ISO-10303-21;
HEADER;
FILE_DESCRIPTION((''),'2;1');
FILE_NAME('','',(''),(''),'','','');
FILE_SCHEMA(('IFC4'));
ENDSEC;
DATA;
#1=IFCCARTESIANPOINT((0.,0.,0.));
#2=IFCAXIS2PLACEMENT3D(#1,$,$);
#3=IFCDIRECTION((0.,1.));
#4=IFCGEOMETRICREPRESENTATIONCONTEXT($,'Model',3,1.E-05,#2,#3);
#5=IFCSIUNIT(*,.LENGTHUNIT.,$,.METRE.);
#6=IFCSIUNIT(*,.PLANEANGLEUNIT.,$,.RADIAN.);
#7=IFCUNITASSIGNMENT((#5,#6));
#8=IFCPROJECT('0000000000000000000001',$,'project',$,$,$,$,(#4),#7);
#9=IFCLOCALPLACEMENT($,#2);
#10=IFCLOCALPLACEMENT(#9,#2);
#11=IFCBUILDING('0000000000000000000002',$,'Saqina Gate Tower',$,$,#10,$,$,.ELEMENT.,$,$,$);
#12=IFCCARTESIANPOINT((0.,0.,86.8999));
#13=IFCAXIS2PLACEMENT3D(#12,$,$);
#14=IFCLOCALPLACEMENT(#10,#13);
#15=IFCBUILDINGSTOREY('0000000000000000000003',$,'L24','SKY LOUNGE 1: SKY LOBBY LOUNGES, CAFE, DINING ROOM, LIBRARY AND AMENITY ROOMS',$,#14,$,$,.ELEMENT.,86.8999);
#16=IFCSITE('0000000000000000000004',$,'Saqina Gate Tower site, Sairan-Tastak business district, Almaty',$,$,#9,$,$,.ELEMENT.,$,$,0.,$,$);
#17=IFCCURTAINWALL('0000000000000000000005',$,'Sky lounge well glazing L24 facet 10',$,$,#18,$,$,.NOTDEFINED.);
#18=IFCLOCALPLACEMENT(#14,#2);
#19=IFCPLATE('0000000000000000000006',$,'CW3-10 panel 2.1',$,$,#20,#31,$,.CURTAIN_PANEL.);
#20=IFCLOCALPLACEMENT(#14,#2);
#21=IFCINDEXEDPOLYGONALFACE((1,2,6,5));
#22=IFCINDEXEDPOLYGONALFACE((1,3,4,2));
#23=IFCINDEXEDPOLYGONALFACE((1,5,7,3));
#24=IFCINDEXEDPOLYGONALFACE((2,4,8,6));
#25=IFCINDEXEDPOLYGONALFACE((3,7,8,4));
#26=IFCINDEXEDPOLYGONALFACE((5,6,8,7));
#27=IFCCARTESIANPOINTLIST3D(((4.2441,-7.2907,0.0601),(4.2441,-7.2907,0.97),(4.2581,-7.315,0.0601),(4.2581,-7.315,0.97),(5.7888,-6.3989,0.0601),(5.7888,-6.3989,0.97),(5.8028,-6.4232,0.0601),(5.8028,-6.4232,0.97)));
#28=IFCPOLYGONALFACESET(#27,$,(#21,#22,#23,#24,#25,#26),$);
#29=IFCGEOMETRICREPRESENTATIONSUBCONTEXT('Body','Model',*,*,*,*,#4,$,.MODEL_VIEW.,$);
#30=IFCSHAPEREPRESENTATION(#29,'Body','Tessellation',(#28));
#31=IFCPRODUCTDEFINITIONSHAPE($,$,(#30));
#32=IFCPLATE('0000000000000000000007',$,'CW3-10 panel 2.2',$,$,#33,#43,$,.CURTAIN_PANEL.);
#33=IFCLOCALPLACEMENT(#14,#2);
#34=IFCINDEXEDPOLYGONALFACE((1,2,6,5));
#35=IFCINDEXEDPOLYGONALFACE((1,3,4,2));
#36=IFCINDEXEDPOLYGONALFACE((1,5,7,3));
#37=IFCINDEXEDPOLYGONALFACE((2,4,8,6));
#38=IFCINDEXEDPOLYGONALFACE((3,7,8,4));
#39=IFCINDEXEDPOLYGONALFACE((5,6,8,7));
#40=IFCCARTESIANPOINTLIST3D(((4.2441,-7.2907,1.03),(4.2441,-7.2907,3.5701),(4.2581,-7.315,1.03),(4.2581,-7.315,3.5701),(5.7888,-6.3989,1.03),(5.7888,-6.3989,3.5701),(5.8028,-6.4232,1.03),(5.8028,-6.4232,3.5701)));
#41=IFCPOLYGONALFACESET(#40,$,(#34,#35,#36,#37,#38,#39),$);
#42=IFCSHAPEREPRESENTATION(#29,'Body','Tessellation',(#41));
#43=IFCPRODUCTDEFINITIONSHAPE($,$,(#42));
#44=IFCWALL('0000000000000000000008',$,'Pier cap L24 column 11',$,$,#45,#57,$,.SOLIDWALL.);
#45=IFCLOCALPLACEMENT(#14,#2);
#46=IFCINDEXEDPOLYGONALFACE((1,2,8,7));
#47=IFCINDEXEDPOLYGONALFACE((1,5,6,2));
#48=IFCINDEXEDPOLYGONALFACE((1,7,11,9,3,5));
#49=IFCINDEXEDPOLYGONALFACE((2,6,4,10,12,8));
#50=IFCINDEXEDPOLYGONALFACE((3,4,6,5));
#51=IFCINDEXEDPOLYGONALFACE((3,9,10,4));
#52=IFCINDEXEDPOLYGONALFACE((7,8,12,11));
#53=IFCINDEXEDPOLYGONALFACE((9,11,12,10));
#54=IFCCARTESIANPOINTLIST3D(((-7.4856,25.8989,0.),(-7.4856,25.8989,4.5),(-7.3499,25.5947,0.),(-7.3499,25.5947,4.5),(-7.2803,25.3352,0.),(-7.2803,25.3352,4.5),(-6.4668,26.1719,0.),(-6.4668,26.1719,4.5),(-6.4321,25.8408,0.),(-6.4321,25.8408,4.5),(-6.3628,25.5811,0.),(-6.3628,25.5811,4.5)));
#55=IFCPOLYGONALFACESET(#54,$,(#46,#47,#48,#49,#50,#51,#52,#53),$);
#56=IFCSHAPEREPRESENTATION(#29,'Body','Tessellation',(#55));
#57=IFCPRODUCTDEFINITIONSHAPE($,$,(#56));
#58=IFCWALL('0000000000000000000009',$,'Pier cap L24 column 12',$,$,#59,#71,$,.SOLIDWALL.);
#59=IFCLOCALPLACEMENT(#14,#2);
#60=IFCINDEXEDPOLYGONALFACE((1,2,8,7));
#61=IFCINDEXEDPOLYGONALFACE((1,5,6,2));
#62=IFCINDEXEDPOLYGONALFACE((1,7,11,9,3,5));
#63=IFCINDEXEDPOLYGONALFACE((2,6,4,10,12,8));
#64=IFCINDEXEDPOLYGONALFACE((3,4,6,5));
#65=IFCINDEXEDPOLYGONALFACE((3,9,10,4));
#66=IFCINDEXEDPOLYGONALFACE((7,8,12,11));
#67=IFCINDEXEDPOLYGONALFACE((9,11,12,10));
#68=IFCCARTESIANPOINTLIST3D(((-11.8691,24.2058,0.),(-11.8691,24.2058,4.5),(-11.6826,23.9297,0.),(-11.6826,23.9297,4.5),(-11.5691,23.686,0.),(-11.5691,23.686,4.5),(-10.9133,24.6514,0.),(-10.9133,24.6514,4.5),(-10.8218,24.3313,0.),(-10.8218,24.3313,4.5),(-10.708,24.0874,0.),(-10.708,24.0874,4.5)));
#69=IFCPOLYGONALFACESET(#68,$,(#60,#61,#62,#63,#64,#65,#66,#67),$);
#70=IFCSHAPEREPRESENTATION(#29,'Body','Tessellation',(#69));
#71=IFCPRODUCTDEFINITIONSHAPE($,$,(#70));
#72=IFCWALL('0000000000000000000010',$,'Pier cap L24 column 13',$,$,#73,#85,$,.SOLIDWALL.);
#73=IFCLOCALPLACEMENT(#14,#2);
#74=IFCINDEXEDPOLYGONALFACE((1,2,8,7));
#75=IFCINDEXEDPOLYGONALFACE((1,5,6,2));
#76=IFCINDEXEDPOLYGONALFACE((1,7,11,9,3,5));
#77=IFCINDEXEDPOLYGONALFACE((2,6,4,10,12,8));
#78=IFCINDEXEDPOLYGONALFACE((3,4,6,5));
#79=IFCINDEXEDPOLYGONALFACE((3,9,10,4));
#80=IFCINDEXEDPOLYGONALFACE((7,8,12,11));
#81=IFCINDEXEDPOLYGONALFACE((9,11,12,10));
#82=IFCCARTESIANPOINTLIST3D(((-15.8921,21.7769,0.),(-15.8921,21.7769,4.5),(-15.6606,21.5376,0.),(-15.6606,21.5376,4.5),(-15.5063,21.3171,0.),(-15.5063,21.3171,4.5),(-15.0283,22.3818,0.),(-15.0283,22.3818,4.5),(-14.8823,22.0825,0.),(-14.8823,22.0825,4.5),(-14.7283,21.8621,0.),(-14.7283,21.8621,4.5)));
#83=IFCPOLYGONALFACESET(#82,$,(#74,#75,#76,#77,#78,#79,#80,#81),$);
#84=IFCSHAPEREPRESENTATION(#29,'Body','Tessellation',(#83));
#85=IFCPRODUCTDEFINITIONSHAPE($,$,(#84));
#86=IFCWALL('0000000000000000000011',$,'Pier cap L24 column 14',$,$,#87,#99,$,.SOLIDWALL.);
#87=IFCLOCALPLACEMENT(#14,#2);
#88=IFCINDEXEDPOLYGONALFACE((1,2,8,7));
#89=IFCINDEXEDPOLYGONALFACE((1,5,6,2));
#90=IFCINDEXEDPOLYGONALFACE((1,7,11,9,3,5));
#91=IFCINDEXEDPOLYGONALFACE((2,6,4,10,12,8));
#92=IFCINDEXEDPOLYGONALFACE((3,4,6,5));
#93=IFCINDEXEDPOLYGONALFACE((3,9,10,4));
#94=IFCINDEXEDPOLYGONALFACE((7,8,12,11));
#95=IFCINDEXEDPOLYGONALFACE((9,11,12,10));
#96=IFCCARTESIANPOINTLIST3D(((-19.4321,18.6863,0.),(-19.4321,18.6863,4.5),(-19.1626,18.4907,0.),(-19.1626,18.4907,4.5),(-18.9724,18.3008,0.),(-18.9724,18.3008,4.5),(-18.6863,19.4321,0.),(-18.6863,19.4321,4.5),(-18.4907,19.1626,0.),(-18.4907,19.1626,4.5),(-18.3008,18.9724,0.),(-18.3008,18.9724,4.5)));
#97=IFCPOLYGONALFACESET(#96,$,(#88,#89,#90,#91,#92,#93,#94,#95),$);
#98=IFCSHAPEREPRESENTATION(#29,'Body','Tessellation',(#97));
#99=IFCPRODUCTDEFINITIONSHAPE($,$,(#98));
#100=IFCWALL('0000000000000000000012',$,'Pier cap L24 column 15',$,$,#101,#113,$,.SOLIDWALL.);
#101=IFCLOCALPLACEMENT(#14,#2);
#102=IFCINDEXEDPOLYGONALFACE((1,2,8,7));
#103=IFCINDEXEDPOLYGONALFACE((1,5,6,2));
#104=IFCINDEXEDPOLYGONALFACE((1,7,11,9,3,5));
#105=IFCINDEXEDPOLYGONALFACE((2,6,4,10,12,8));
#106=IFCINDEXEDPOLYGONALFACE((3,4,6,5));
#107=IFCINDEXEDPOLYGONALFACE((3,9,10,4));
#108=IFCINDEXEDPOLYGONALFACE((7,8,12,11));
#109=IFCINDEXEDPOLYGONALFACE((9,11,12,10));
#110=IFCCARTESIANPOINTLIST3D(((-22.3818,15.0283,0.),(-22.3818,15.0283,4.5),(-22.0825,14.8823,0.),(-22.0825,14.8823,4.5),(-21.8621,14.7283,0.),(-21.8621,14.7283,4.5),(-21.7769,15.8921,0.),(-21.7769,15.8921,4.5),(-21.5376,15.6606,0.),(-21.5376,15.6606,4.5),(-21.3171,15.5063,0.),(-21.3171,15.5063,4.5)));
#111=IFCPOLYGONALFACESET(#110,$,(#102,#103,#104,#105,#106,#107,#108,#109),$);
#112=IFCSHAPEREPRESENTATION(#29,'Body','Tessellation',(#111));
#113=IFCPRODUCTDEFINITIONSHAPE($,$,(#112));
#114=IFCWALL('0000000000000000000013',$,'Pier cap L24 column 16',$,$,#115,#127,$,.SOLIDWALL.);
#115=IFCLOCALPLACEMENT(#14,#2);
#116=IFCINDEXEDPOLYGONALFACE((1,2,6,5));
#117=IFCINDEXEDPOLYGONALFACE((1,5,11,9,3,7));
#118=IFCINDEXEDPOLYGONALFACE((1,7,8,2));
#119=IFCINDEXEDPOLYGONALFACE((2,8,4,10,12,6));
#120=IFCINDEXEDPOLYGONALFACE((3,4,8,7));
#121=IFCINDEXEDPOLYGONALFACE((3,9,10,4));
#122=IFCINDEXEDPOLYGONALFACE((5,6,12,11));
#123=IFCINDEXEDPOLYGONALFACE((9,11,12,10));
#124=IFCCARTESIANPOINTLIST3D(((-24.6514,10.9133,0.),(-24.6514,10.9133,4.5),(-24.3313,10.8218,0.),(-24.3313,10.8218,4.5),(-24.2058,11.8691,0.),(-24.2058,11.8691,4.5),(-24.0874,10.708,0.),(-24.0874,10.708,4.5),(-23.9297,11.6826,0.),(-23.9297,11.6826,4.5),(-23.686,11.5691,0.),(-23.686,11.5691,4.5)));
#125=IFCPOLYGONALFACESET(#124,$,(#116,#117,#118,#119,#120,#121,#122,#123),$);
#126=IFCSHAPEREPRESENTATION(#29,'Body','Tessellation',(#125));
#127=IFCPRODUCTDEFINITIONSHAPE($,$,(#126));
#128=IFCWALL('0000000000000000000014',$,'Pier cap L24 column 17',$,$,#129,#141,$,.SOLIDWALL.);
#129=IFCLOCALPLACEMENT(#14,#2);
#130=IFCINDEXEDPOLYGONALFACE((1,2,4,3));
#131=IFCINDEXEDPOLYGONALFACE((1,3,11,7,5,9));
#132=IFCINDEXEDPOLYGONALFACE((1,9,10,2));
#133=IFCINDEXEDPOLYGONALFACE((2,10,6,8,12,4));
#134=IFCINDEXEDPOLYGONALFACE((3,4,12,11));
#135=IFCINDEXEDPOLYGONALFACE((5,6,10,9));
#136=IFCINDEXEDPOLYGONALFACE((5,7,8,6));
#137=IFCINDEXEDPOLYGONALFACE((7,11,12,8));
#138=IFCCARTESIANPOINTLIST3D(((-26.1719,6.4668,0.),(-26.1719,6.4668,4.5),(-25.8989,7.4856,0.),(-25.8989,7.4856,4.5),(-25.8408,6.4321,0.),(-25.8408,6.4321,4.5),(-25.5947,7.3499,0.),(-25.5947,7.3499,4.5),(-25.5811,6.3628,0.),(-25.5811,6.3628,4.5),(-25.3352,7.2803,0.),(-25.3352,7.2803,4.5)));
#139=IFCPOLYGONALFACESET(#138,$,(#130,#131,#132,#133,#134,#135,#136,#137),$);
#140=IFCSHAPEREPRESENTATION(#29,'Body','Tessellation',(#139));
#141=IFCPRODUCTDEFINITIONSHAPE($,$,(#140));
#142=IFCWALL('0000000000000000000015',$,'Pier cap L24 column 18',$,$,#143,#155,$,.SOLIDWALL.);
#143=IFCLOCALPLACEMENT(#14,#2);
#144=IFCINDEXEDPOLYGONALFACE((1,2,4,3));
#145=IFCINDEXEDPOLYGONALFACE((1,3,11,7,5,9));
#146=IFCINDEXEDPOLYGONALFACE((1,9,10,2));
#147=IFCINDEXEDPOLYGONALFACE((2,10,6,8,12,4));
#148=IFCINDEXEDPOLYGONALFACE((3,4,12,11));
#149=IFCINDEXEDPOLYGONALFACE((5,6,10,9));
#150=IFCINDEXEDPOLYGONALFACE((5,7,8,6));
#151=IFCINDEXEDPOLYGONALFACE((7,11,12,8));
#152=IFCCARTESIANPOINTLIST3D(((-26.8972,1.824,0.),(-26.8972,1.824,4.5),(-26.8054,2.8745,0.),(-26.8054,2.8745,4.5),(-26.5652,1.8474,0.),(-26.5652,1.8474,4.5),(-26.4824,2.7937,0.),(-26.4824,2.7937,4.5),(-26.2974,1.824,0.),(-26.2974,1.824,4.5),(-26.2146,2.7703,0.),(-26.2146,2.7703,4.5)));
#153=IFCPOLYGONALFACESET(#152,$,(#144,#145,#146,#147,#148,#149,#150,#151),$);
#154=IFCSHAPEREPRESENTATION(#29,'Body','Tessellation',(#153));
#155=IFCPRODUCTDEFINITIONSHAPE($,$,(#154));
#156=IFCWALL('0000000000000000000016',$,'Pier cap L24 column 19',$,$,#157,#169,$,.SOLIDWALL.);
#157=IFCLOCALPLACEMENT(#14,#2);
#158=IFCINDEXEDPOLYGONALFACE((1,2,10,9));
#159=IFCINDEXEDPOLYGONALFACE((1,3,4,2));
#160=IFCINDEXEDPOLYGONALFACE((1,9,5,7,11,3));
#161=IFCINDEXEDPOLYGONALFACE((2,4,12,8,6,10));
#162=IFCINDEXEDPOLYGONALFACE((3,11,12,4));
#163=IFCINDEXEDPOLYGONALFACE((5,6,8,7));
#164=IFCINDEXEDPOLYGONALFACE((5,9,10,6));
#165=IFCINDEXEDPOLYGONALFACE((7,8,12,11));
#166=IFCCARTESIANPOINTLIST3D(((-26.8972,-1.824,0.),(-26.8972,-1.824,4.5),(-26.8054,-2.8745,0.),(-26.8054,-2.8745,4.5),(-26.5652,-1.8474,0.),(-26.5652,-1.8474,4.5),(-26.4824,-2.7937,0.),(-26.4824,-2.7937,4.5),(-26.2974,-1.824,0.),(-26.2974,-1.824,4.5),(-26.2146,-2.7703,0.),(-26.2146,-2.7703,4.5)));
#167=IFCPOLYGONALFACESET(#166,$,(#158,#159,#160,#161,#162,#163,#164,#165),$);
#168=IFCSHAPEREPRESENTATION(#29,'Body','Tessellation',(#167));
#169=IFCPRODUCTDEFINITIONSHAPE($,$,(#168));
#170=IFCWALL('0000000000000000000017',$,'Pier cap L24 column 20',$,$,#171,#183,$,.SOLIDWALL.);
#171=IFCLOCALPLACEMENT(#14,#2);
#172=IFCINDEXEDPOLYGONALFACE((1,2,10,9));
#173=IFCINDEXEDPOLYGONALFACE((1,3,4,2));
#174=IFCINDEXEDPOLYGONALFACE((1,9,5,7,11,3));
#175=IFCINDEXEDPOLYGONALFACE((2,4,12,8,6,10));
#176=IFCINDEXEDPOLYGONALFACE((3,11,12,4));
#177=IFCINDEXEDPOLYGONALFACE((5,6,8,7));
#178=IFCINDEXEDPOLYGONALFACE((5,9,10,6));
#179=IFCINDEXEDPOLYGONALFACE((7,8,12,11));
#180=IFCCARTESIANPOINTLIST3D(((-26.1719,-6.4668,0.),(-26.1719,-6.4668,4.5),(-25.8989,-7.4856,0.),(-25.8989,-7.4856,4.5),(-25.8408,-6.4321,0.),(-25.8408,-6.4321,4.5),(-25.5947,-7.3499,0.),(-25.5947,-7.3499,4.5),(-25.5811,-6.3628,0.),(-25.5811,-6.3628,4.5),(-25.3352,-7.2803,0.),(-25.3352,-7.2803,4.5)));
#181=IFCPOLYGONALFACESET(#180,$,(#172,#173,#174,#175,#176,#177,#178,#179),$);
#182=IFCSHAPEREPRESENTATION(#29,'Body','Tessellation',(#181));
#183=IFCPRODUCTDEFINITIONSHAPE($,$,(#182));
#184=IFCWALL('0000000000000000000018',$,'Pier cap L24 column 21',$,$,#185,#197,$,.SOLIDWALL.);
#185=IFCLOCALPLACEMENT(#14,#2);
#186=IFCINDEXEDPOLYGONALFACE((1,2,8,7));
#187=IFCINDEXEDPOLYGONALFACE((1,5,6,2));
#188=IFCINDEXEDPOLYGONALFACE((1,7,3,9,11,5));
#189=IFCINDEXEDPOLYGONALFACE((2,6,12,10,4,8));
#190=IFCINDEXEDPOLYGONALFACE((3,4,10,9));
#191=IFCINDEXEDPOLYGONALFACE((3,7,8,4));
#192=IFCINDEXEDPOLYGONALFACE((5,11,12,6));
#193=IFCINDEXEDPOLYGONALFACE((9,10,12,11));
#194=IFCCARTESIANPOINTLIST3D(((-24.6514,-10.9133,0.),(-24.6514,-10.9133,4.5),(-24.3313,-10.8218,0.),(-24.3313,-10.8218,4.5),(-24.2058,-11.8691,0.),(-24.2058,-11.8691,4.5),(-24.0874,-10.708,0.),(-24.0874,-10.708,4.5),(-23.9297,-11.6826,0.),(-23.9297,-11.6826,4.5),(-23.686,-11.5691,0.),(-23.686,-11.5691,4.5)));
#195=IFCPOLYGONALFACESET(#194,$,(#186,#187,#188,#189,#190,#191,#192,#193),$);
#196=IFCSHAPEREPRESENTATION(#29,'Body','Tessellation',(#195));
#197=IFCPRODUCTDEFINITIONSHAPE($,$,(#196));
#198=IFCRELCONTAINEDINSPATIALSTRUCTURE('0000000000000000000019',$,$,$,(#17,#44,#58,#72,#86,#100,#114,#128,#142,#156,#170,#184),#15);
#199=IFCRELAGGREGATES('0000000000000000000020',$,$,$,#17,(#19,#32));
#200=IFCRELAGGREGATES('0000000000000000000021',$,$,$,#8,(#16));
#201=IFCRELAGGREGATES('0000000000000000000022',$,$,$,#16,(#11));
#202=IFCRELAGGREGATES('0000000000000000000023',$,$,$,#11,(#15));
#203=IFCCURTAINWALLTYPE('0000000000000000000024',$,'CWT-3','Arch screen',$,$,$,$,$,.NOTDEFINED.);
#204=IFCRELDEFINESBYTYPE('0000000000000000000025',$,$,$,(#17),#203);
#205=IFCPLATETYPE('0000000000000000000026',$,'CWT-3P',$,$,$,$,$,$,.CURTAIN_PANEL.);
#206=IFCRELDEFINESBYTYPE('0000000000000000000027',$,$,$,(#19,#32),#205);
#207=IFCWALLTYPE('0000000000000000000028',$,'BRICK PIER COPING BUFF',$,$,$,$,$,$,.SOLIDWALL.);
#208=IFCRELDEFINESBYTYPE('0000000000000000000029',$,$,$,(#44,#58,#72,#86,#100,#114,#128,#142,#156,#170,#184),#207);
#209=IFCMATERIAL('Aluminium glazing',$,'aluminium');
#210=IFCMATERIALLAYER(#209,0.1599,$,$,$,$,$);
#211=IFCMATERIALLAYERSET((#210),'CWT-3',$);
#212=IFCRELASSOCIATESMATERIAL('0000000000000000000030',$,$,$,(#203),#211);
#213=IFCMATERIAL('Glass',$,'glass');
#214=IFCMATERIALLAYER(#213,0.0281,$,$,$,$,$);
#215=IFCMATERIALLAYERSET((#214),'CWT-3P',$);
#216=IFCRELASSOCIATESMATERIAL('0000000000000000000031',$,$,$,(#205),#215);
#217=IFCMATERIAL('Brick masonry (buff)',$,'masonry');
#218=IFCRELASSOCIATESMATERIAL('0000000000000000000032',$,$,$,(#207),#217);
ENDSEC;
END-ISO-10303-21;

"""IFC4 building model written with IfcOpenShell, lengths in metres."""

from ifc_helpers import new_model, si_unit, direction, frame, origin, origin_2d, place, context, subcontext, project, spatial, polyline, rectangle, outline, extrude, material, layer, layer_set, type_object, element, aggregate, save


model = new_model("IFC4")

# Units and contexts
model_context = context("Model", 3, precision=1e-05, world=origin(), true_north=direction((0.0, 1.0)))
body_context = subcontext(model_context, "Body", "Model", "MODEL_VIEW")
ifc_project = project(units=[si_unit("LENGTHUNIT", "METRE"), si_unit("PLANEANGLEUNIT", "RADIAN")], contexts=[model_context])

# Site, building, storey
site_placement = place(None, origin())
site = spatial("IfcSite", under=ifc_project, at=site_placement, Name="Saqina Gate Tower site, Sairan-Tastak business district, Almaty", CompositionType="ELEMENT", RefElevation=0.0)
building_placement = place(site_placement, origin())
building = spatial("IfcBuilding", under=site, at=building_placement, Name="Saqina Gate Tower", CompositionType="ELEMENT")
storey_placement = place(building_placement, frame((0.0, 0.0, 86.8999)))
storey = spatial("IfcBuildingStorey", under=building, at=storey_placement, Name="L24", Description="SKY LOUNGE 1: SKY LOBBY LOUNGES, CAFE, DINING ROOM, LIBRARY AND AMENITY ROOMS", CompositionType="ELEMENT", Elevation=86.8999)

# Curtain wall, plates
ifc_material_1 = material(Name="Aluminium glazing", Category="aluminium")
ifc_layer_1 = layer(ifc_material_1, 0.1599)
ifc_layer_set_1 = layer_set([ifc_layer_1], Name="CWT-3")
curtain_wall_type = type_object("IfcCurtainWallType", Name="CWT-3", Description="Arch screen", PredefinedType="NOTDEFINED", material=ifc_layer_set_1)
curtain_wall_placement = place(storey_placement, origin())
curtain_wall = element("IfcCurtainWall", 1, at=curtain_wall_placement, inside=storey, type_object=curtain_wall_type, Name="Sky lounge well glazing L24 facet 10", PredefinedType="NOTDEFINED")
ifc_material_2 = material(Name="Glass", Category="glass")
ifc_layer_2 = layer(ifc_material_2, 0.0281)
ifc_layer_set_2 = layer_set([ifc_layer_2], Name="CWT-3P")
plate_type = type_object("IfcPlateType", Name="CWT-3P", PredefinedType="CURTAIN_PANEL", material=ifc_layer_set_2)
plate_1_placement = place(storey_placement, frame((5.0234, -6.8569, 0.0601), z_axis=(0.0, 0.0, 1.0), x_axis=(0.866029, 0.499993, 0.0)))
plate_1 = element("IfcPlate", 2, at=plate_1_placement, type_object=plate_type, Name="CW3-10 panel 2.1", PredefinedType="CURTAIN_PANEL", context=body_context, shape_type="SweptSolid", body=[
    extrude(rectangle(XDim=1.7837, YDim=0.0281, at=origin_2d()), origin(), (0.0, 0.0, 1.0), 0.9099),
])
plate_2_placement = place(storey_placement, frame((5.0234, -6.8569, 1.03), z_axis=(0.0, 0.0, 1.0), x_axis=(0.866029, 0.499993, 0.0)))
plate_2 = element("IfcPlate", 3, at=plate_2_placement, type_object=plate_type, Name="CW3-10 panel 2.2", PredefinedType="CURTAIN_PANEL", context=body_context, shape_type="SweptSolid", body=[
    extrude(rectangle(XDim=1.7837, YDim=0.0281, at=origin_2d()), origin(), (0.0, 0.0, 1.0), 2.54),
])
aggregate(curtain_wall, [plate_1, plate_2])

# Walls
ifc_material_3 = material(Name="Brick masonry (buff)", Category="masonry")
wall_type = type_object("IfcWallType", Name="BRICK PIER COPING BUFF", PredefinedType="SOLIDWALL", material=ifc_material_3)
wall_1_placement = place(storey_placement, origin())
element("IfcWall", 4, at=wall_1_placement, inside=storey, type_object=wall_type, Name="Pier cap L24 column 11", PredefinedType="SOLIDWALL", context=body_context, shape_type="SweptSolid", body=[
    extrude(outline(polyline([(-6.4668, 26.1719), (-7.4856, 25.8989), (-7.2803, 25.3352), (-7.3499, 25.5947), (-6.4321, 25.8408), (-6.3628, 25.5811), (-6.4668, 26.1719)])), origin(), (0.0, 0.0, 1.0), 4.5),
])
wall_2_placement = place(storey_placement, origin())
element("IfcWall", 5, at=wall_2_placement, inside=storey, type_object=wall_type, Name="Pier cap L24 column 12", PredefinedType="SOLIDWALL", context=body_context, shape_type="SweptSolid", body=[
    extrude(outline(polyline([(-10.9133, 24.6514), (-11.8691, 24.2058), (-11.5691, 23.686), (-11.6826, 23.9297), (-10.8218, 24.3313), (-10.708, 24.0874), (-10.9133, 24.6514)])), origin(), (0.0, 0.0, 1.0), 4.5),
])
wall_3_placement = place(storey_placement, origin())
element("IfcWall", 6, at=wall_3_placement, inside=storey, type_object=wall_type, Name="Pier cap L24 column 13", PredefinedType="SOLIDWALL", context=body_context, shape_type="SweptSolid", body=[
    extrude(outline(polyline([(-15.8921, 21.7769), (-15.5063, 21.3171), (-15.6606, 21.5376), (-14.8823, 22.0825), (-14.7283, 21.8621), (-15.0283, 22.3818), (-15.8921, 21.7769)])), origin(), (0.0, 0.0, 1.0), 4.5),
])
wall_4_placement = place(storey_placement, origin())
element("IfcWall", 7, at=wall_4_placement, inside=storey, type_object=wall_type, Name="Pier cap L24 column 14", PredefinedType="SOLIDWALL", context=body_context, shape_type="SweptSolid", body=[
    extrude(outline(polyline([(-18.6863, 19.4321), (-19.4321, 18.6863), (-18.9724, 18.3008), (-19.1626, 18.4907), (-18.4907, 19.1626), (-18.3008, 18.9724), (-18.6863, 19.4321)])), origin(), (0.0, 0.0, 1.0), 4.5),
])
wall_5_placement = place(storey_placement, origin())
element("IfcWall", 8, at=wall_5_placement, inside=storey, type_object=wall_type, Name="Pier cap L24 column 15", PredefinedType="SOLIDWALL", context=body_context, shape_type="SweptSolid", body=[
    extrude(outline(polyline([(-22.3818, 15.0283), (-21.8621, 14.7283), (-22.0825, 14.8823), (-21.5376, 15.6606), (-21.3171, 15.5063), (-21.7769, 15.8921), (-22.3818, 15.0283)])), origin(), (0.0, 0.0, 1.0), 4.5),
])
wall_6_placement = place(storey_placement, origin())
element("IfcWall", 9, at=wall_6_placement, inside=storey, type_object=wall_type, Name="Pier cap L24 column 16", PredefinedType="SOLIDWALL", context=body_context, shape_type="SweptSolid", body=[
    extrude(outline(polyline([(-24.6514, 10.9133), (-24.0874, 10.708), (-24.3313, 10.8218), (-23.9297, 11.6826), (-23.686, 11.5691), (-24.2058, 11.8691), (-24.6514, 10.9133)])), origin(), (0.0, 0.0, 1.0), 4.5),
])
wall_7_placement = place(storey_placement, origin())
element("IfcWall", 10, at=wall_7_placement, inside=storey, type_object=wall_type, Name="Pier cap L24 column 17", PredefinedType="SOLIDWALL", context=body_context, shape_type="SweptSolid", body=[
    extrude(outline(polyline([(-25.8989, 7.4856), (-26.1719, 6.4668), (-25.5811, 6.3628), (-25.8408, 6.4321), (-25.5947, 7.3499), (-25.3352, 7.2803), (-25.8989, 7.4856)])), origin(), (0.0, 0.0, 1.0), 4.5),
])
wall_8_placement = place(storey_placement, origin())
element("IfcWall", 11, at=wall_8_placement, inside=storey, type_object=wall_type, Name="Pier cap L24 column 18", PredefinedType="SOLIDWALL", context=body_context, shape_type="SweptSolid", body=[
    extrude(outline(polyline([(-26.8054, 2.8745), (-26.8972, 1.824), (-26.2974, 1.824), (-26.5652, 1.8474), (-26.4824, 2.7937), (-26.2146, 2.7703), (-26.8054, 2.8745)])), origin(), (0.0, 0.0, 1.0), 4.5),
])
wall_9_placement = place(storey_placement, origin())
element("IfcWall", 12, at=wall_9_placement, inside=storey, type_object=wall_type, Name="Pier cap L24 column 19", PredefinedType="SOLIDWALL", context=body_context, shape_type="SweptSolid", body=[
    extrude(outline(polyline([(-26.8054, -2.8745), (-26.2146, -2.7703), (-26.4824, -2.7937), (-26.5652, -1.8474), (-26.2974, -1.824), (-26.8972, -1.824), (-26.8054, -2.8745)])), origin(), (0.0, 0.0, 1.0), 4.5),
])
wall_10_placement = place(storey_placement, origin())
element("IfcWall", 13, at=wall_10_placement, inside=storey, type_object=wall_type, Name="Pier cap L24 column 20", PredefinedType="SOLIDWALL", context=body_context, shape_type="SweptSolid", body=[
    extrude(outline(polyline([(-26.1719, -6.4668), (-25.8989, -7.4856), (-25.3352, -7.2803), (-25.5947, -7.3499), (-25.8408, -6.4321), (-25.5811, -6.3628), (-26.1719, -6.4668)])), origin(), (0.0, 0.0, 1.0), 4.5),
])
wall_11_placement = place(storey_placement, origin())
element("IfcWall", 14, at=wall_11_placement, inside=storey, type_object=wall_type, Name="Pier cap L24 column 21", PredefinedType="SOLIDWALL", context=body_context, shape_type="SweptSolid", body=[
    extrude(outline(polyline([(-24.6514, -10.9133), (-24.2058, -11.8691), (-23.686, -11.5691), (-23.9297, -11.6826), (-24.3313, -10.8218), (-24.0874, -10.708), (-24.6514, -10.9133)])), origin(), (0.0, 0.0, 1.0), 4.5),
])

save(model, "model.ifc")
